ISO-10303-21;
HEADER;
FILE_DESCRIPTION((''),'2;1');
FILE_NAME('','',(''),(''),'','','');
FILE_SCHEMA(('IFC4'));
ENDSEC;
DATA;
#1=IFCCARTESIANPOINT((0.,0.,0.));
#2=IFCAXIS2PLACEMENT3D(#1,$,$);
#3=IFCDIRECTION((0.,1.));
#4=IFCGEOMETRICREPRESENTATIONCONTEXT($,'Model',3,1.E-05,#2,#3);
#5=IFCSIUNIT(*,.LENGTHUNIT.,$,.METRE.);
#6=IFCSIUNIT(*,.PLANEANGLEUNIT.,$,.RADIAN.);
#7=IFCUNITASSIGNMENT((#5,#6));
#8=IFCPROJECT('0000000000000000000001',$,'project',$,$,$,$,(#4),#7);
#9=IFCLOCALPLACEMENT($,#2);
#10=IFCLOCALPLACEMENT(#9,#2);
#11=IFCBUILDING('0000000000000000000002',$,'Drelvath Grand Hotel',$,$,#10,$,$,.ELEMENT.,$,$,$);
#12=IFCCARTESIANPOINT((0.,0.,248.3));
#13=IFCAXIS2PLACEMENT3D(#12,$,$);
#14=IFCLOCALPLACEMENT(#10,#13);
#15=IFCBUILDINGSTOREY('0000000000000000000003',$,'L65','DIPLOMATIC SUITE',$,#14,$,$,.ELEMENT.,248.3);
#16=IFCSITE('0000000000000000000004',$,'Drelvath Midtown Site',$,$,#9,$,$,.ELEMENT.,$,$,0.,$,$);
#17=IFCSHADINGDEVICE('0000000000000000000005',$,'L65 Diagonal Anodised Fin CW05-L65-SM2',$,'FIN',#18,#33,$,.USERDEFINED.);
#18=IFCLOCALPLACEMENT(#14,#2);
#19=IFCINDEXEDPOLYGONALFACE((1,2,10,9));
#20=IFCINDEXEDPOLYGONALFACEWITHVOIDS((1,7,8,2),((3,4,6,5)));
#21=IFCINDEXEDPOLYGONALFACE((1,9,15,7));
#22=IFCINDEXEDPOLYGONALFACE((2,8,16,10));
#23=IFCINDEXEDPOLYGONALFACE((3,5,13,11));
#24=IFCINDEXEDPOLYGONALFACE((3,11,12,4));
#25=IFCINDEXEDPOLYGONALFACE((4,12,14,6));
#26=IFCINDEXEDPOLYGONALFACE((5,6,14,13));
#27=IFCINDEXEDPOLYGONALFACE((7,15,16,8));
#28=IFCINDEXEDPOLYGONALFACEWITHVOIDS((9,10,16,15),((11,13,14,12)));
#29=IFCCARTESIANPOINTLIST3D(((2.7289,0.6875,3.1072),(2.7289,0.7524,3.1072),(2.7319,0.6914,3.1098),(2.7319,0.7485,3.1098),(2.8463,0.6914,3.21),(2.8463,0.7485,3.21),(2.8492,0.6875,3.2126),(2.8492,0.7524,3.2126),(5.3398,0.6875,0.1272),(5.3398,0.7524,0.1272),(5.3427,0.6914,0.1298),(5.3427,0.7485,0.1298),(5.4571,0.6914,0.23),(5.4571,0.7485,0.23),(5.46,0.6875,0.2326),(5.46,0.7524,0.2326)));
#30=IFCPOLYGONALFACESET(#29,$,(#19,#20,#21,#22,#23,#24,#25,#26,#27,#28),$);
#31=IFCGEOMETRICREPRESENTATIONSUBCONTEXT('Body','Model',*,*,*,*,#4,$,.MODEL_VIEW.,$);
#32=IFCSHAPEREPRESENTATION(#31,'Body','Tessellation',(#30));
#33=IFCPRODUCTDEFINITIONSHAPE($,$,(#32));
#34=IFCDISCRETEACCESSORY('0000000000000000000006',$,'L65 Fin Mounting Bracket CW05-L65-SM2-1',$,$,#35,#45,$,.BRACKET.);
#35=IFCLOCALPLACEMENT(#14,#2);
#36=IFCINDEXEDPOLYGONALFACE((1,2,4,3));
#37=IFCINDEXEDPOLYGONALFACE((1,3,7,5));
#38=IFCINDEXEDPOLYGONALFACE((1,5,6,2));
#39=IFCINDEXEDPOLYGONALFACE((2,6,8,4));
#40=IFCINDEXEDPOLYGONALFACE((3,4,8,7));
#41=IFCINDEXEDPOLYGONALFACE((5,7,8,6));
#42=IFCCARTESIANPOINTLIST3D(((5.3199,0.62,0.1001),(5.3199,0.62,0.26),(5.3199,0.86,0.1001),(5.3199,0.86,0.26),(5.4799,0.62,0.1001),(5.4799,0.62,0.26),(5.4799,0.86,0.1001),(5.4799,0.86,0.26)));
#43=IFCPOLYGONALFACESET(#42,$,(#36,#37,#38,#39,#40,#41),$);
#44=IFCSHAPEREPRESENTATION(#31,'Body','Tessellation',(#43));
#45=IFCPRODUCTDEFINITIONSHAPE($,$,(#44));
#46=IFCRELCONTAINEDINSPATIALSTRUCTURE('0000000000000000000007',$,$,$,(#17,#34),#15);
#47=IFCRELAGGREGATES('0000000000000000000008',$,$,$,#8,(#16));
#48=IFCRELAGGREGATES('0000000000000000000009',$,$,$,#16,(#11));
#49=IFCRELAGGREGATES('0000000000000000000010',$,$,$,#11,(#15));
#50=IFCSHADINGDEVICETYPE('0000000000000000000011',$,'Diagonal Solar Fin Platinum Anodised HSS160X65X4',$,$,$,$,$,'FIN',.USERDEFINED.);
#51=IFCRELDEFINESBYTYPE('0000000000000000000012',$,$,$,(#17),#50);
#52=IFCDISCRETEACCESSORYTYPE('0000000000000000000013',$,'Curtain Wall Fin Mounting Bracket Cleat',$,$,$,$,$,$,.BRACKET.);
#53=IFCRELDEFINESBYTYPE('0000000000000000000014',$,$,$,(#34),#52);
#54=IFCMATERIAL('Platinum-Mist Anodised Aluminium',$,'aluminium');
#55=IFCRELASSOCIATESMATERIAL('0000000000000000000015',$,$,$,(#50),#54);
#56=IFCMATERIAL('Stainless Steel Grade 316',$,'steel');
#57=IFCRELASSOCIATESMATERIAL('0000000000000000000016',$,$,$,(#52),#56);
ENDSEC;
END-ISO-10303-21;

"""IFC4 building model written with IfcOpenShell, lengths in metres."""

from ifc_helpers import new_model, si_unit, direction, frame, origin, origin_2d, place, context, subcontext, project, spatial, rectangle, hollow_rectangle, extrude, material, material_profile, profile_set, type_object, element, save


model = new_model("IFC4")

# Units and contexts
model_context = context("Model", 3, precision=1e-05, world=origin(), true_north=direction((0.0, 1.0)))
body_context = subcontext(model_context, "Body", "Model", "MODEL_VIEW")
ifc_project = project(units=[si_unit("LENGTHUNIT", "METRE"), si_unit("PLANEANGLEUNIT", "RADIAN")], contexts=[model_context])

# Site, building, storey
site_placement = place(None, origin())
site = spatial("IfcSite", under=ifc_project, at=site_placement, Name="Drelvath Midtown Site", CompositionType="ELEMENT", RefElevation=0.0)
building_placement = place(site_placement, origin())
building = spatial("IfcBuilding", under=site, at=building_placement, Name="Drelvath Grand Hotel", CompositionType="ELEMENT")
storey_placement = place(building_placement, frame((0.0, 0.0, 248.3)))
storey = spatial("IfcBuildingStorey", under=building, at=storey_placement, Name="L65", Description="DIPLOMATIC SUITE", CompositionType="ELEMENT", Elevation=248.3)

# Shading device
ifc_material_1 = material(Name="Platinum-Mist Anodised Aluminium", Category="aluminium")
ifc_material_profile_1 = material_profile(ifc_material_1, hollow_rectangle(XDim=0.0649, YDim=0.1599, WallThickness=0.0039, at=origin_2d()), Name="HSS160X65X4")
ifc_profile_set_1 = profile_set([ifc_material_profile_1], Name="Platinum-Mist Anodised Aluminium")
shading_device_type = type_object("IfcShadingDeviceType", Name="Diagonal Solar Fin Platinum Anodised HSS160X65X4", ElementType="FIN", PredefinedType="USERDEFINED", material=ifc_profile_set_1)
shading_device_placement = place(storey_placement, frame((5.3999, 0.72, 0.1799), z_axis=(-0.658984, 0.0, 0.752157), x_axis=(0.0, -1.0, 0.0)))
element("IfcShadingDevice", 1, at=shading_device_placement, inside=storey, type_object=shading_device_type, Name="L65 Diagonal Anodised Fin CW05-L65-SM2", ObjectType="FIN", PredefinedType="USERDEFINED", context=body_context, shape_type="SweptSolid", body=[
    extrude(hollow_rectangle(XDim=0.0649, YDim=0.1599, WallThickness=0.0039, at=origin_2d()), origin(), (0.0, 0.0, 1.0), 3.9619),
])

# Discrete accessory
ifc_material_2 = material(Name="Stainless Steel Grade 316", Category="steel")
discrete_accessory_type = type_object("IfcDiscreteAccessoryType", Name="Curtain Wall Fin Mounting Bracket Cleat", PredefinedType="BRACKET", material=ifc_material_2)
discrete_accessory_placement = place(storey_placement, frame((5.3999, 0.74, 0.1001), z_axis=(0.0, 0.0, 1.0), x_axis=(-1.0, 0.0, 0.0)))
element("IfcDiscreteAccessory", 2, at=discrete_accessory_placement, inside=storey, type_object=discrete_accessory_type, Name="L65 Fin Mounting Bracket CW05-L65-SM2-1", PredefinedType="BRACKET", context=body_context, shape_type="SweptSolid", body=[
    extrude(rectangle(XDim=0.1599, YDim=0.24, at=origin_2d()), origin(), (0.0, 0.0, 1.0), 0.1599),
])

save(model, "model.ifc")
